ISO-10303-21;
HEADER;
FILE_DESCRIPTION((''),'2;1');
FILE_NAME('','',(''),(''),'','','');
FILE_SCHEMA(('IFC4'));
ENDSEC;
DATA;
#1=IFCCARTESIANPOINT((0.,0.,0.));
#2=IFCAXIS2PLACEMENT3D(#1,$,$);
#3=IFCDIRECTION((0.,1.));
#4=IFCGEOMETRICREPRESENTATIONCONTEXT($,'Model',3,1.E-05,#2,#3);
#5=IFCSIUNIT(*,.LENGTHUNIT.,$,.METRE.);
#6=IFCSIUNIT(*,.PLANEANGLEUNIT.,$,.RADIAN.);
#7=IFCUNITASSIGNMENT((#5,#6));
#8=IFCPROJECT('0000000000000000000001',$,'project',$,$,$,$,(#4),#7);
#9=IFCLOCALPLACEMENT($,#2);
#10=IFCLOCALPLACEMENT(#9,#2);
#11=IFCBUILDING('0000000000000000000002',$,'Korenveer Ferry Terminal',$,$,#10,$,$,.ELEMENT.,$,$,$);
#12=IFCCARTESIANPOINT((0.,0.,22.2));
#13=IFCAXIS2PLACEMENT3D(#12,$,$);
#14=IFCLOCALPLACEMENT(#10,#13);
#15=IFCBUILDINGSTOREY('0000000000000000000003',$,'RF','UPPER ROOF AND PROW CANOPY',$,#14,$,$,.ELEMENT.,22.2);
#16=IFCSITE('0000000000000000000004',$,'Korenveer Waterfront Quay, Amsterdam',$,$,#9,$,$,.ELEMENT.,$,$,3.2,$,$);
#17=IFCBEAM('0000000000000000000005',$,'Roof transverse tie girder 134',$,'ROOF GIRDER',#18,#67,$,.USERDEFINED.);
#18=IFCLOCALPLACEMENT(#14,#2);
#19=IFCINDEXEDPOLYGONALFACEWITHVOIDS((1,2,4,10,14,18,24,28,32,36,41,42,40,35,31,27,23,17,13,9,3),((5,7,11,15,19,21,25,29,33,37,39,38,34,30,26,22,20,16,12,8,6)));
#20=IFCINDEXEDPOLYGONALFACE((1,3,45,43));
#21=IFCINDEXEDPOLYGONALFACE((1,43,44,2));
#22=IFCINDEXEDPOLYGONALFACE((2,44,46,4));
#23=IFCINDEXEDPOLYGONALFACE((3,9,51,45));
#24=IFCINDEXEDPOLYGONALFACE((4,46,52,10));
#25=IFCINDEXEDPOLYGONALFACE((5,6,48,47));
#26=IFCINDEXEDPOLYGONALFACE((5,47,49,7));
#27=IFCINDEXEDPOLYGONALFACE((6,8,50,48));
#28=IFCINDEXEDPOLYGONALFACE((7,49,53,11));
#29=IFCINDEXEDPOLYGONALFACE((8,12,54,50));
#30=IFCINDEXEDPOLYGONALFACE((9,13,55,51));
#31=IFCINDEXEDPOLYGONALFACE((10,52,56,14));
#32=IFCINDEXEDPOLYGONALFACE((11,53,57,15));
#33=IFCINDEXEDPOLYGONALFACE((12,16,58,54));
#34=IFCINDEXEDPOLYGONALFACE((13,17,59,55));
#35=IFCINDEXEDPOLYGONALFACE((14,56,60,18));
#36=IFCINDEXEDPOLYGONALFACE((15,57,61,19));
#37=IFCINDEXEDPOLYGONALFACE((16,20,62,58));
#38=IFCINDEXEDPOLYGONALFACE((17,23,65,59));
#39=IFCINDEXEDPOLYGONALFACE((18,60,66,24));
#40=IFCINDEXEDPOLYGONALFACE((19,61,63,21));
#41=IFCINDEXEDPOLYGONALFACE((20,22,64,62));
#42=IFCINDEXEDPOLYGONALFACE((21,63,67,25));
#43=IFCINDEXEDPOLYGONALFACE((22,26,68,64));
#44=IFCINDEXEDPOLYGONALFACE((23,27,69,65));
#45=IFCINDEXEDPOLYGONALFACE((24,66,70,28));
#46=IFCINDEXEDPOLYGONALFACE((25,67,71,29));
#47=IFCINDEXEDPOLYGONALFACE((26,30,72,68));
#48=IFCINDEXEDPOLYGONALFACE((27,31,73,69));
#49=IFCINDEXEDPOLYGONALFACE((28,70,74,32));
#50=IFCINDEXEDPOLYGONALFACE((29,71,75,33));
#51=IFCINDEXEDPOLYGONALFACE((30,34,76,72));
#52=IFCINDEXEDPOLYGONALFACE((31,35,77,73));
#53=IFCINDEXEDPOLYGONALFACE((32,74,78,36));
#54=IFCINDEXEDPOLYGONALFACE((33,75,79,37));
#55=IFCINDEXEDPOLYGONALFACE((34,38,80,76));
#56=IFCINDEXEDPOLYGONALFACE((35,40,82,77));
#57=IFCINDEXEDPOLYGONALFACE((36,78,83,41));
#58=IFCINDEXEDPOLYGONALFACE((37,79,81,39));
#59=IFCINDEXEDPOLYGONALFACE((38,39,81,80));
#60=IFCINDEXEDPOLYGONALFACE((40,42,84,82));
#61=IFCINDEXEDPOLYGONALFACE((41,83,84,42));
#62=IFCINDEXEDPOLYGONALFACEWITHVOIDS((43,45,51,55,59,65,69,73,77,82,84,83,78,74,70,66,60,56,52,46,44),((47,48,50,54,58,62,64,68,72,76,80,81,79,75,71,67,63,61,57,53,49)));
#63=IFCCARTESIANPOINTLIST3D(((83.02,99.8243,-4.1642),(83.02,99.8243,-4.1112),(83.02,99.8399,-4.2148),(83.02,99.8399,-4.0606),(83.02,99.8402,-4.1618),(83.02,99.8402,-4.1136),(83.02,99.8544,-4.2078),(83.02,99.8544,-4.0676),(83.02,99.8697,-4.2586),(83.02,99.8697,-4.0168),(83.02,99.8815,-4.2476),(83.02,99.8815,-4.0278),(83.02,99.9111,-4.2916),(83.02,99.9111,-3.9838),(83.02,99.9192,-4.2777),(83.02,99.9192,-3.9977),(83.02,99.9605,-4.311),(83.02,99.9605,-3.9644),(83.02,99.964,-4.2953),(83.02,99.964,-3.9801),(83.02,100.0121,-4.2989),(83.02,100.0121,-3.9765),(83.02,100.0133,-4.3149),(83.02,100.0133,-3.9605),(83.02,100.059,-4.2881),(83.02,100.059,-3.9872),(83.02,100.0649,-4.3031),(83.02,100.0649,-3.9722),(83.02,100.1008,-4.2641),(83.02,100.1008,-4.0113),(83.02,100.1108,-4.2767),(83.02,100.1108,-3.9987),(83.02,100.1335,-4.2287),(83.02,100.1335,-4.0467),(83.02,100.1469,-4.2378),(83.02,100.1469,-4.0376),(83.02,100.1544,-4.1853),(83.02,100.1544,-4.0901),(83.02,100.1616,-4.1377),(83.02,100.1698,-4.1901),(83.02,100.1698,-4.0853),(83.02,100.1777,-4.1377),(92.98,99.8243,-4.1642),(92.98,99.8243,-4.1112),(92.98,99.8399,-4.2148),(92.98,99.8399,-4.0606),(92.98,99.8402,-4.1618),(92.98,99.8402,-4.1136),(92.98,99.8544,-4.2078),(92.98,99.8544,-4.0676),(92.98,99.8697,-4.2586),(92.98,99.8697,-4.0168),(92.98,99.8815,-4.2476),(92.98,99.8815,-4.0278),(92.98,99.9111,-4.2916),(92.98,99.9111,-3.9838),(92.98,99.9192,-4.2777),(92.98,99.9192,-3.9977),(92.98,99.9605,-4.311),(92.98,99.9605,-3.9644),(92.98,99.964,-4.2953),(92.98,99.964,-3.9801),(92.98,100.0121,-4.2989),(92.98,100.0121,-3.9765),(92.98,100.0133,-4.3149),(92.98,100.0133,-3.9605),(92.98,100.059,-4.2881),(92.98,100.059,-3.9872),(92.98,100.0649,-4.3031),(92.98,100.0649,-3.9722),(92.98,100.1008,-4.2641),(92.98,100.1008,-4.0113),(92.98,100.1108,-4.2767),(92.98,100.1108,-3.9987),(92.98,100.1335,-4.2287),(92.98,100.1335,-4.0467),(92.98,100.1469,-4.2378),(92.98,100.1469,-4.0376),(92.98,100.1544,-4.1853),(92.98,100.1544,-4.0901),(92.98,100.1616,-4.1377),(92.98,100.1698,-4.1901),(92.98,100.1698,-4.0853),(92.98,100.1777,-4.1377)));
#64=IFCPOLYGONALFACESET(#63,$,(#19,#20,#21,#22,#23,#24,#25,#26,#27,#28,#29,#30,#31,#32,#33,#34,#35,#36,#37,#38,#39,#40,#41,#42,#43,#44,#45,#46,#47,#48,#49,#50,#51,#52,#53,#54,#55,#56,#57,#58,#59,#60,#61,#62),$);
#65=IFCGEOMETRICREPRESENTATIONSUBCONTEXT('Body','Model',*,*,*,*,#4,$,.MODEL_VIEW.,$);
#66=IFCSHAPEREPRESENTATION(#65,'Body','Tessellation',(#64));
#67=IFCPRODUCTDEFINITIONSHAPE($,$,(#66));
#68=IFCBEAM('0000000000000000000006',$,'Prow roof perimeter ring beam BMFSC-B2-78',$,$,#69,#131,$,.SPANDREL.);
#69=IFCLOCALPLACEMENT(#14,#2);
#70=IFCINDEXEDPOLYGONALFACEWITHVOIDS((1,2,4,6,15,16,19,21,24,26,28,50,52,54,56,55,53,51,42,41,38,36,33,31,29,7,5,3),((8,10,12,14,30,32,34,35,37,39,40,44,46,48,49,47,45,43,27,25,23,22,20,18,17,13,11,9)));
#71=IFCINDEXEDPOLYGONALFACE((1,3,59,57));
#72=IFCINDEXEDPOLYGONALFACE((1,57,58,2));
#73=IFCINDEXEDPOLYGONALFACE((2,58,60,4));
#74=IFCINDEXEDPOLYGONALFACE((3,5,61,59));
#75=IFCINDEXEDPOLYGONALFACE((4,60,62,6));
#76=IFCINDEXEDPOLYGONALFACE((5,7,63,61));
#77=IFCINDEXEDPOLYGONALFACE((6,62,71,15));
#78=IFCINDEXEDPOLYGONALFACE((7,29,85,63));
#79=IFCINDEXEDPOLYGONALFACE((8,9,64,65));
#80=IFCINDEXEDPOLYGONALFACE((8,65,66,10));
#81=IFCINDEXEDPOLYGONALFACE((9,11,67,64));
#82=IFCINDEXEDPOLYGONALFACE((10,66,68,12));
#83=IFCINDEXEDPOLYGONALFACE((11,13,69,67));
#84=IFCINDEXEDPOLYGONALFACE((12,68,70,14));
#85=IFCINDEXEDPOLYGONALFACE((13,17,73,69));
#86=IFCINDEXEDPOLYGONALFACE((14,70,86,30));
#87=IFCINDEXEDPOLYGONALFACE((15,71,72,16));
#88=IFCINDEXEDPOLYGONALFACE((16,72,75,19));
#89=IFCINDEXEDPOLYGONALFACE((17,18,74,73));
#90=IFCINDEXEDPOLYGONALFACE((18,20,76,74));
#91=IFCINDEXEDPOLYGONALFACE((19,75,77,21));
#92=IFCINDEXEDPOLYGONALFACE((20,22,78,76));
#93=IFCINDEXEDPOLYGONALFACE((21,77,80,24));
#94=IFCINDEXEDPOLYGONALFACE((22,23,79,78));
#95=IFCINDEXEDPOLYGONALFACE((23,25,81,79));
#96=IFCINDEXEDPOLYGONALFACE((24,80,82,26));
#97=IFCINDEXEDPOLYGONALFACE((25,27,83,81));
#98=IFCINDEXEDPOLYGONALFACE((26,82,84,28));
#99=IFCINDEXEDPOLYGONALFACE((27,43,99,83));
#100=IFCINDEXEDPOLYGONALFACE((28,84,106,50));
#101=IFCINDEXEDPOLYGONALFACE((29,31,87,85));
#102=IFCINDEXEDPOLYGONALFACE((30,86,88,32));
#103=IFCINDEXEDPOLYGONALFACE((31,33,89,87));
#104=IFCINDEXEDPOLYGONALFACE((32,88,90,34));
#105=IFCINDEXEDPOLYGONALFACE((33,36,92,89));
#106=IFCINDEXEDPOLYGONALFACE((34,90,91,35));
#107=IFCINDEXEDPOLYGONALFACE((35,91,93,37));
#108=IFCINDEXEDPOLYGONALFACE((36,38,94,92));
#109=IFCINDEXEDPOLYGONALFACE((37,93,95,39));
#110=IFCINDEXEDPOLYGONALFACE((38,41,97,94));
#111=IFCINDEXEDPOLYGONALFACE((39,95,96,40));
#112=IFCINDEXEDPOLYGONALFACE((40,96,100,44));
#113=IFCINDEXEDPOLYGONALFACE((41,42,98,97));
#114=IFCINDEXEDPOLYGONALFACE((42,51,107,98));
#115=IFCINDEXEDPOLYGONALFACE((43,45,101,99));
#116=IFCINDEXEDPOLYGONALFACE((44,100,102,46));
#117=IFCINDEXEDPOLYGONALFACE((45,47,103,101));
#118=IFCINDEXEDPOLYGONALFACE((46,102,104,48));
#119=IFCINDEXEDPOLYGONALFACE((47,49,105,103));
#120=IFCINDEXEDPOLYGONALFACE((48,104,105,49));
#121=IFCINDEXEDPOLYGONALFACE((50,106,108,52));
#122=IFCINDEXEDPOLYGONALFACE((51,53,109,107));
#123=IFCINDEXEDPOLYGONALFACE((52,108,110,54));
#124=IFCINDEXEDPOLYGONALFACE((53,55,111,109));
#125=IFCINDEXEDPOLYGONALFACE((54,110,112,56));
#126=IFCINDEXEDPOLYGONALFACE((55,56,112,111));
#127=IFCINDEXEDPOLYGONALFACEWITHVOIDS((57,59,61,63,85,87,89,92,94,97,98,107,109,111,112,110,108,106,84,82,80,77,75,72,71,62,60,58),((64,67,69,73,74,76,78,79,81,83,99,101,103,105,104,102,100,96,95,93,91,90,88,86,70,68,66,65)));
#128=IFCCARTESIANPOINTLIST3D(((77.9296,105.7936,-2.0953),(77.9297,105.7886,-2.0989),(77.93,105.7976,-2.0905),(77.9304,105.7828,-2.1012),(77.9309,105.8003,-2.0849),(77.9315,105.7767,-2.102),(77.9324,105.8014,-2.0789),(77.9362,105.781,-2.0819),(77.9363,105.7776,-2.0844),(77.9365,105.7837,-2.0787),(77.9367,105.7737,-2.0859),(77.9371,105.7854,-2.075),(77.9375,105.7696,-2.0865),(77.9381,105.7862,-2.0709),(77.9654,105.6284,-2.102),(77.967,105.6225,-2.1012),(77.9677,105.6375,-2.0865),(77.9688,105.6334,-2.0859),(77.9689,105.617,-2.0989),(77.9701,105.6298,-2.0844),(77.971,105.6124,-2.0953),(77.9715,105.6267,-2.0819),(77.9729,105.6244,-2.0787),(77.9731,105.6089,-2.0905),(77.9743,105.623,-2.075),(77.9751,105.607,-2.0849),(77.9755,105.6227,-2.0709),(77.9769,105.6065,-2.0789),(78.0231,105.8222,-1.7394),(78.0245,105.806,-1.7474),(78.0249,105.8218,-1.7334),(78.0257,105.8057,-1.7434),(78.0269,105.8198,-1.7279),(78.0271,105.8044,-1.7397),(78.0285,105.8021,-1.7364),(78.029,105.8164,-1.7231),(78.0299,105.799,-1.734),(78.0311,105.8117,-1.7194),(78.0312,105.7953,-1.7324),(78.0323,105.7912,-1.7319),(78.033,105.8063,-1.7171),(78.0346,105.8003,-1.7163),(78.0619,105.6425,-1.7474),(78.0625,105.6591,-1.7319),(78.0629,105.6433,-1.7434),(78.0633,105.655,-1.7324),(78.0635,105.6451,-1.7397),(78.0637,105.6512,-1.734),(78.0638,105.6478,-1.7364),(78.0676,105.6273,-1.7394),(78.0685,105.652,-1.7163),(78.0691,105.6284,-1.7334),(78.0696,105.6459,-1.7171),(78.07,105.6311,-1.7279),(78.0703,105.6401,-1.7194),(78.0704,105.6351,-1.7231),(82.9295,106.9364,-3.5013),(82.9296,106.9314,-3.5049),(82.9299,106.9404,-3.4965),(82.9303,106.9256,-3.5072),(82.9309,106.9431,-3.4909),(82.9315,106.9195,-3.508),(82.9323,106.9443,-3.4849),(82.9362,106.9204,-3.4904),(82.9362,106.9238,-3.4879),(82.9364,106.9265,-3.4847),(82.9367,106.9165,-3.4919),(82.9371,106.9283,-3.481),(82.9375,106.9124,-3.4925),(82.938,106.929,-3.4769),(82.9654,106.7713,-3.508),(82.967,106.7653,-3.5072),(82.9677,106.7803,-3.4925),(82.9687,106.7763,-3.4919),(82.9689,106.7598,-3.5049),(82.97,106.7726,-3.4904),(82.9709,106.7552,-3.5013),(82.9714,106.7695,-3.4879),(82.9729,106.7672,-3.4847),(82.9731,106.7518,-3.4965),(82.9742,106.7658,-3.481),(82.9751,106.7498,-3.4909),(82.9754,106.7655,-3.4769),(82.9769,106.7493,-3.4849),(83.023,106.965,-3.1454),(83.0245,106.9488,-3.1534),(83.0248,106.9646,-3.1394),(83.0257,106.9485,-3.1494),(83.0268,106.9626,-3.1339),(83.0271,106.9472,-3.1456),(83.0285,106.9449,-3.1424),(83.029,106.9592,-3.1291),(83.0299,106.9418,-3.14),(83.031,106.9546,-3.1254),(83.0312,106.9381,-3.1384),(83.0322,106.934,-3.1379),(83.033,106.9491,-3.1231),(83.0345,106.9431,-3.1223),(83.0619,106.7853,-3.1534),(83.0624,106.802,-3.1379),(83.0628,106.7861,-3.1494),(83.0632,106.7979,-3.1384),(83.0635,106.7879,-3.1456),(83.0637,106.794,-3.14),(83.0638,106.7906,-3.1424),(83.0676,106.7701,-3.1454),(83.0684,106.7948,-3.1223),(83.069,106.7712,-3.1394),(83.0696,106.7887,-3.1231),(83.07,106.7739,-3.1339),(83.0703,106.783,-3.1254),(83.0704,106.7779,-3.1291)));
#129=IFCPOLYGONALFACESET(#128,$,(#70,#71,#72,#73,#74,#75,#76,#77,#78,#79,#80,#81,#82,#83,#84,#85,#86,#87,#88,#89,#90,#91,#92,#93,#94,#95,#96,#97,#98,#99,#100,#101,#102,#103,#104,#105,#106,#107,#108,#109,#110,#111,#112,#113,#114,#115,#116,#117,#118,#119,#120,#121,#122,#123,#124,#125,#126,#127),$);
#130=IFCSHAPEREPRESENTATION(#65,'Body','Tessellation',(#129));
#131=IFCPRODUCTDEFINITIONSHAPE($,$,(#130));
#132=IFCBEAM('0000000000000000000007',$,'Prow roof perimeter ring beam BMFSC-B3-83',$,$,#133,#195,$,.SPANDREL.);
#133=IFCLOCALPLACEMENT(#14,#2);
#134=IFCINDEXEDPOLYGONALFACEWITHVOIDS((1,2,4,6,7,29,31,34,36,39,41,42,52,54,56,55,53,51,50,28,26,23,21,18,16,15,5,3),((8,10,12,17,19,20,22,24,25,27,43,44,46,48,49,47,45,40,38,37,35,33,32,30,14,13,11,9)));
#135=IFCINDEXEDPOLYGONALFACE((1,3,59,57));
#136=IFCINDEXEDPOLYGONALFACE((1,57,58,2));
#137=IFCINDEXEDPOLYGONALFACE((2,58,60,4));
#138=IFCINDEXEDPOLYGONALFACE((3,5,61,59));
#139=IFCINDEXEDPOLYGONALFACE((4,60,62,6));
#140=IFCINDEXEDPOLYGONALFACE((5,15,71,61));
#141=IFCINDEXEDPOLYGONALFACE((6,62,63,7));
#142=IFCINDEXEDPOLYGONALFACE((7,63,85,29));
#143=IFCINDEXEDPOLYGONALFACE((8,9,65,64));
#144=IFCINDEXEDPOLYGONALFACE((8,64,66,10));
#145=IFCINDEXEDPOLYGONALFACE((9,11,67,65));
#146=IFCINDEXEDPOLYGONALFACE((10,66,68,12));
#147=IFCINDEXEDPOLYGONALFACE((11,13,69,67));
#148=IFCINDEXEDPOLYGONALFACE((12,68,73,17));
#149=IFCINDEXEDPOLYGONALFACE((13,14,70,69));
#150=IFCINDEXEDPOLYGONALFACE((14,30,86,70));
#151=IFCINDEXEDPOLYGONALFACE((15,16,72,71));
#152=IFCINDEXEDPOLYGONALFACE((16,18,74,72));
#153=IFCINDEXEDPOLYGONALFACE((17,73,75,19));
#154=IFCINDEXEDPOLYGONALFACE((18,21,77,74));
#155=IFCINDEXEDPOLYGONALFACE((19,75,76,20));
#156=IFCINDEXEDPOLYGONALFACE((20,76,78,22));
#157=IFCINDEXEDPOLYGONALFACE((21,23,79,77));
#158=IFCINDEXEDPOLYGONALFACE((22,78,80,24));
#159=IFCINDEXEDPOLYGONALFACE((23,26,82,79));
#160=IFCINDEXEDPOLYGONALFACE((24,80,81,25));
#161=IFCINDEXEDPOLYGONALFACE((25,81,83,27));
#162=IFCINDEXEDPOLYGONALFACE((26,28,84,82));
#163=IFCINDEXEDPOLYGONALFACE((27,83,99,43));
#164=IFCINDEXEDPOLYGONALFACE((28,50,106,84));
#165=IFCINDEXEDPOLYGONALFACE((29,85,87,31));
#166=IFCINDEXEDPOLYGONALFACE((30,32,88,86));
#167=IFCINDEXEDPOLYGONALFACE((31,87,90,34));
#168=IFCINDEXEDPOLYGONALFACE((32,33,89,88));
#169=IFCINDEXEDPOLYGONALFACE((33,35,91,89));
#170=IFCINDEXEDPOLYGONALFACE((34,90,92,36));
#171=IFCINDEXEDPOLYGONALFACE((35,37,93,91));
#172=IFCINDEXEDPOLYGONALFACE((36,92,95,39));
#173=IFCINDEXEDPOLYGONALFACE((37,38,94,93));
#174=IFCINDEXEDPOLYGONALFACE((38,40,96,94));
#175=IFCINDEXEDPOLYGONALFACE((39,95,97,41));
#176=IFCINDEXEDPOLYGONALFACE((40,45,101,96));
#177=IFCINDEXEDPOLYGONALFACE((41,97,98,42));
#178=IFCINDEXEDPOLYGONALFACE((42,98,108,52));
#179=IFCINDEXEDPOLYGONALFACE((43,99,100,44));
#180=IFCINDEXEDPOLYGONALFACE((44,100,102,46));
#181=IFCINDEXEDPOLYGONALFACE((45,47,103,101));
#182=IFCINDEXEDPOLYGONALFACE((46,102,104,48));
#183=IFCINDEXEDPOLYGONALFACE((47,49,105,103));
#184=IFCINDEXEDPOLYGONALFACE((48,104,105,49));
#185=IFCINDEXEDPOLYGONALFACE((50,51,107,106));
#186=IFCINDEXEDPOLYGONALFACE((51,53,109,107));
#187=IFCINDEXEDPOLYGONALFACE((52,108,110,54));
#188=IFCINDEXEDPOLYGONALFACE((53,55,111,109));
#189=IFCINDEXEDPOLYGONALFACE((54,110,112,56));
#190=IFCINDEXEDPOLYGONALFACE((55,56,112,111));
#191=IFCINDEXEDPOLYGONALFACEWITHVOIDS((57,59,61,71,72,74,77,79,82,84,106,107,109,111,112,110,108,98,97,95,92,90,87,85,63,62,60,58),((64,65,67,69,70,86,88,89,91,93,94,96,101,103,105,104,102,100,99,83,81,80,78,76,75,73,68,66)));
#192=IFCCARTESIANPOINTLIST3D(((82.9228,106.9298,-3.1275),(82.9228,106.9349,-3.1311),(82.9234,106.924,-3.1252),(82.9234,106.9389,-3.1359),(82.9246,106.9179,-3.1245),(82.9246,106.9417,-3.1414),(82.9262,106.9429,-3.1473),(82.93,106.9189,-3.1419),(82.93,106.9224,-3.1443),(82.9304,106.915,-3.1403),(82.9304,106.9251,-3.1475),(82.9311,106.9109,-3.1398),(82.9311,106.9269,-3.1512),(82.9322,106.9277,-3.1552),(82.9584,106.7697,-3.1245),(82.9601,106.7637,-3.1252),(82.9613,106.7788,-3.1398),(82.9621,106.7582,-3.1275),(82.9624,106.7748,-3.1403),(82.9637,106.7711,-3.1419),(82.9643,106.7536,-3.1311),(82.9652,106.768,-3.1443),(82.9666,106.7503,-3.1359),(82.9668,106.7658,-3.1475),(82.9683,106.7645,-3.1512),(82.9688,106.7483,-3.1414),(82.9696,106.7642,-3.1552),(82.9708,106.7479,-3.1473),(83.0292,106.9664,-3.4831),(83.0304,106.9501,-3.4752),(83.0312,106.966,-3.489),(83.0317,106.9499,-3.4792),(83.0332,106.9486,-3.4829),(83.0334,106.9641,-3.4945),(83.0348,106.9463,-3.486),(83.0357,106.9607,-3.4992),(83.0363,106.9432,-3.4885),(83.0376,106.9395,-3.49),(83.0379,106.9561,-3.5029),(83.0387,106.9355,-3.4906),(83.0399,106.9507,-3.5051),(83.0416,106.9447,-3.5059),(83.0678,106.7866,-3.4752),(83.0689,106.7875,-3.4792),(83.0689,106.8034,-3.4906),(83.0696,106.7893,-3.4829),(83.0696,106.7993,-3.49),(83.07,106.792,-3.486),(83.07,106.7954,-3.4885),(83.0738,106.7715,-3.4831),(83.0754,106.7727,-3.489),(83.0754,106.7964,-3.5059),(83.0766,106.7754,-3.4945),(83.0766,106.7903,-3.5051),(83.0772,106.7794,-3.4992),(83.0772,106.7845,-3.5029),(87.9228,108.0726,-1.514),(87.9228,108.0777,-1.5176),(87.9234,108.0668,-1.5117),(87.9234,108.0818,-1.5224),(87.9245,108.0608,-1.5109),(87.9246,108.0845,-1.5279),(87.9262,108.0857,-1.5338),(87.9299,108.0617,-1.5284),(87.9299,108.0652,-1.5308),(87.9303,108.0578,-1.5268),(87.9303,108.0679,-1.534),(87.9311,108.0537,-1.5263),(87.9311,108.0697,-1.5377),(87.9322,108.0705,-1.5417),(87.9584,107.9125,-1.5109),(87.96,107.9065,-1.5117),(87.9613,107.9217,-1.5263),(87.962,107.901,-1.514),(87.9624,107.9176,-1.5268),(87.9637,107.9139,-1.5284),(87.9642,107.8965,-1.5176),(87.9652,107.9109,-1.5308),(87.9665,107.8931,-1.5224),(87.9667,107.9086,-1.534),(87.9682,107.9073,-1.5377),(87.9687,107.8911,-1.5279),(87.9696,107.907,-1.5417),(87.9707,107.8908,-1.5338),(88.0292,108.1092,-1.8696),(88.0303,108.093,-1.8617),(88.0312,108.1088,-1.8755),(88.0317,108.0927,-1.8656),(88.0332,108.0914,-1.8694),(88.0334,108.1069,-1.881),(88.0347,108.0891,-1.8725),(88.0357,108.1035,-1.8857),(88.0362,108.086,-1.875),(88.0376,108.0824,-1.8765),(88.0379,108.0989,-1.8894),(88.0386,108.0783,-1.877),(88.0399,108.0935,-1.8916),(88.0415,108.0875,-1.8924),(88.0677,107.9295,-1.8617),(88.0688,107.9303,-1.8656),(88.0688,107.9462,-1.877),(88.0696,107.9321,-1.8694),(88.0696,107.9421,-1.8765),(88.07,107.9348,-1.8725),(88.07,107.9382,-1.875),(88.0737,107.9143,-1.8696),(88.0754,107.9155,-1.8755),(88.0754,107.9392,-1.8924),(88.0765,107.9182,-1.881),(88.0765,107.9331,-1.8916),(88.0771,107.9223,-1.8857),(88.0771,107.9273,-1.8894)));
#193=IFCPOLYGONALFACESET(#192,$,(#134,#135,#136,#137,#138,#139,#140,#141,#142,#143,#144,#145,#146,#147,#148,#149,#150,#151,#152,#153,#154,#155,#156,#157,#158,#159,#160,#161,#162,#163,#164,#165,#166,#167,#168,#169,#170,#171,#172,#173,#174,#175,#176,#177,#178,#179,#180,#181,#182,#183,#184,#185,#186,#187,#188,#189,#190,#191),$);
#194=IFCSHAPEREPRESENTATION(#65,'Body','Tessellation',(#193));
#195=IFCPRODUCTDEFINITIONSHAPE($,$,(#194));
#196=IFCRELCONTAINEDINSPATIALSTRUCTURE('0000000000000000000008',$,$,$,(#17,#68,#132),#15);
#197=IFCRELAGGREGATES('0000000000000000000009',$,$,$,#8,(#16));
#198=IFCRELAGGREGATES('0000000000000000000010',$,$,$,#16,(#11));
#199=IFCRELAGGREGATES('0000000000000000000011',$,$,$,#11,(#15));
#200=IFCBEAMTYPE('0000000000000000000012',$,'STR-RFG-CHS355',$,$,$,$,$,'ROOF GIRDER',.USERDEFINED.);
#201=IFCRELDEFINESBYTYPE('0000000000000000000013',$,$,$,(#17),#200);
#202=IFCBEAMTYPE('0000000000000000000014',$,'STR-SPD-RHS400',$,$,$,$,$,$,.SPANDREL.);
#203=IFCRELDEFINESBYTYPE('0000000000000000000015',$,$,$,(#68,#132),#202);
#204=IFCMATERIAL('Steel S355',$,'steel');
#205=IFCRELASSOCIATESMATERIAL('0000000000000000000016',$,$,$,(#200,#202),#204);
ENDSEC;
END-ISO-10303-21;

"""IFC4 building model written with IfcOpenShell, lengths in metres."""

from ifc_helpers import new_model, si_unit, direction, frame, origin, origin_2d, place, context, subcontext, project, spatial, hollow_rectangle, hollow_circle, extrude, material, material_profile, profile_set, type_object, element, save


model = new_model("IFC4")

# Units and contexts
model_context = context("Model", 3, precision=1e-05, world=origin(), true_north=direction((0.0, 1.0)))
body_context = subcontext(model_context, "Body", "Model", "MODEL_VIEW")
ifc_project = project(units=[si_unit("LENGTHUNIT", "METRE"), si_unit("PLANEANGLEUNIT", "RADIAN")], contexts=[model_context])

# Site, building, storey
site_placement = place(None, origin())
site = spatial("IfcSite", under=ifc_project, at=site_placement, Name="Korenveer Waterfront Quay, Amsterdam", CompositionType="ELEMENT", RefElevation=3.2)
building_placement = place(site_placement, origin())
building = spatial("IfcBuilding", under=site, at=building_placement, Name="Korenveer Ferry Terminal", CompositionType="ELEMENT")
storey_placement = place(building_placement, frame((0.0, 0.0, 22.2)))
storey = spatial("IfcBuildingStorey", under=building, at=storey_placement, Name="RF", Description="UPPER ROOF AND PROW CANOPY", CompositionType="ELEMENT", Elevation=22.2)

# Shared definitions
ifc_material_1 = material(Name="Steel S355", Category="steel")

# Beams
ifc_material_profile_1 = material_profile(ifc_material_1, hollow_circle(Radius=0.1777, WallThickness=0.0161, at=origin_2d()), Name="CHS 355.6x16")
ifc_profile_set_1 = profile_set([ifc_material_profile_1], Name="Steel S355")
beam_type_1 = type_object("IfcBeamType", Name="STR-RFG-CHS355", ElementType="ROOF GIRDER", PredefinedType="USERDEFINED", material=ifc_profile_set_1)
beam_1_placement = place(storey_placement, frame((83.02, 100.0, -4.1377), z_axis=(1.0, 0.0, 0.0), x_axis=(0.0, 1.0, 0.0)))
element("IfcBeam", 1, at=beam_1_placement, inside=storey, type_object=beam_type_1, Name="Roof transverse tie girder 134", ObjectType="ROOF GIRDER", PredefinedType="USERDEFINED", context=body_context, shape_type="SweptSolid", body=[
    extrude(hollow_circle(Radius=0.1777, WallThickness=0.0161, at=origin_2d()), origin(), (0.0, 0.0, 1.0), 9.96),
])
ifc_material_profile_2 = material_profile(ifc_material_1, hollow_rectangle(XDim=0.2, YDim=0.3999, WallThickness=0.0161, InnerFilletRadius=0.0161, OuterFilletRadius=0.0239, at=origin_2d()), Name="RHS 400x200x16")
ifc_profile_set_2 = profile_set([ifc_material_profile_2], Name="Steel S355")
beam_type_2 = type_object("IfcBeamType", Name="STR-SPD-RHS400", PredefinedType="SPANDREL", material=ifc_profile_set_2)
beam_2_placement = place(storey_placement, frame((78.0, 105.7144, -1.9092), z_axis=(0.940174, 0.21489, -0.264378), x_axis=(-0.222818, 0.97486, 0.0)))
element("IfcBeam", 2, at=beam_2_placement, inside=storey, type_object=beam_type_2, Name="Prow roof perimeter ring beam BMFSC-B2-78", PredefinedType="SPANDREL", context=body_context, shape_type="SweptSolid", body=[
    extrude(hollow_rectangle(XDim=0.2, YDim=0.3999, WallThickness=0.0161, InnerFilletRadius=0.0161, OuterFilletRadius=0.0239, at=origin_2d()), origin(), (0.0, 0.0, 1.0), 5.3181),
])
for number, where, z_axis, x_axis, name in (
    (3, (83.0, 106.8572, -3.3152), (0.929929, 0.212549, 0.300093), (-0.222818, 0.97486, 0.0), "Prow roof perimeter ring beam BMFSC-B3-83"),
):
    element("IfcBeam", number, at=place(storey_placement, frame(where, z_axis=z_axis, x_axis=x_axis)), inside=storey, type_object=beam_type_2, Name=name, PredefinedType="SPANDREL", context=body_context, shape_type="SweptSolid", body=[
        extrude(hollow_rectangle(XDim=0.2, YDim=0.3999, WallThickness=0.0161, InnerFilletRadius=0.0161, OuterFilletRadius=0.0239, at=origin_2d()), origin(), (0.0, 0.0, 1.0), 5.3767),
    ])

save(model, "model.ifc")
